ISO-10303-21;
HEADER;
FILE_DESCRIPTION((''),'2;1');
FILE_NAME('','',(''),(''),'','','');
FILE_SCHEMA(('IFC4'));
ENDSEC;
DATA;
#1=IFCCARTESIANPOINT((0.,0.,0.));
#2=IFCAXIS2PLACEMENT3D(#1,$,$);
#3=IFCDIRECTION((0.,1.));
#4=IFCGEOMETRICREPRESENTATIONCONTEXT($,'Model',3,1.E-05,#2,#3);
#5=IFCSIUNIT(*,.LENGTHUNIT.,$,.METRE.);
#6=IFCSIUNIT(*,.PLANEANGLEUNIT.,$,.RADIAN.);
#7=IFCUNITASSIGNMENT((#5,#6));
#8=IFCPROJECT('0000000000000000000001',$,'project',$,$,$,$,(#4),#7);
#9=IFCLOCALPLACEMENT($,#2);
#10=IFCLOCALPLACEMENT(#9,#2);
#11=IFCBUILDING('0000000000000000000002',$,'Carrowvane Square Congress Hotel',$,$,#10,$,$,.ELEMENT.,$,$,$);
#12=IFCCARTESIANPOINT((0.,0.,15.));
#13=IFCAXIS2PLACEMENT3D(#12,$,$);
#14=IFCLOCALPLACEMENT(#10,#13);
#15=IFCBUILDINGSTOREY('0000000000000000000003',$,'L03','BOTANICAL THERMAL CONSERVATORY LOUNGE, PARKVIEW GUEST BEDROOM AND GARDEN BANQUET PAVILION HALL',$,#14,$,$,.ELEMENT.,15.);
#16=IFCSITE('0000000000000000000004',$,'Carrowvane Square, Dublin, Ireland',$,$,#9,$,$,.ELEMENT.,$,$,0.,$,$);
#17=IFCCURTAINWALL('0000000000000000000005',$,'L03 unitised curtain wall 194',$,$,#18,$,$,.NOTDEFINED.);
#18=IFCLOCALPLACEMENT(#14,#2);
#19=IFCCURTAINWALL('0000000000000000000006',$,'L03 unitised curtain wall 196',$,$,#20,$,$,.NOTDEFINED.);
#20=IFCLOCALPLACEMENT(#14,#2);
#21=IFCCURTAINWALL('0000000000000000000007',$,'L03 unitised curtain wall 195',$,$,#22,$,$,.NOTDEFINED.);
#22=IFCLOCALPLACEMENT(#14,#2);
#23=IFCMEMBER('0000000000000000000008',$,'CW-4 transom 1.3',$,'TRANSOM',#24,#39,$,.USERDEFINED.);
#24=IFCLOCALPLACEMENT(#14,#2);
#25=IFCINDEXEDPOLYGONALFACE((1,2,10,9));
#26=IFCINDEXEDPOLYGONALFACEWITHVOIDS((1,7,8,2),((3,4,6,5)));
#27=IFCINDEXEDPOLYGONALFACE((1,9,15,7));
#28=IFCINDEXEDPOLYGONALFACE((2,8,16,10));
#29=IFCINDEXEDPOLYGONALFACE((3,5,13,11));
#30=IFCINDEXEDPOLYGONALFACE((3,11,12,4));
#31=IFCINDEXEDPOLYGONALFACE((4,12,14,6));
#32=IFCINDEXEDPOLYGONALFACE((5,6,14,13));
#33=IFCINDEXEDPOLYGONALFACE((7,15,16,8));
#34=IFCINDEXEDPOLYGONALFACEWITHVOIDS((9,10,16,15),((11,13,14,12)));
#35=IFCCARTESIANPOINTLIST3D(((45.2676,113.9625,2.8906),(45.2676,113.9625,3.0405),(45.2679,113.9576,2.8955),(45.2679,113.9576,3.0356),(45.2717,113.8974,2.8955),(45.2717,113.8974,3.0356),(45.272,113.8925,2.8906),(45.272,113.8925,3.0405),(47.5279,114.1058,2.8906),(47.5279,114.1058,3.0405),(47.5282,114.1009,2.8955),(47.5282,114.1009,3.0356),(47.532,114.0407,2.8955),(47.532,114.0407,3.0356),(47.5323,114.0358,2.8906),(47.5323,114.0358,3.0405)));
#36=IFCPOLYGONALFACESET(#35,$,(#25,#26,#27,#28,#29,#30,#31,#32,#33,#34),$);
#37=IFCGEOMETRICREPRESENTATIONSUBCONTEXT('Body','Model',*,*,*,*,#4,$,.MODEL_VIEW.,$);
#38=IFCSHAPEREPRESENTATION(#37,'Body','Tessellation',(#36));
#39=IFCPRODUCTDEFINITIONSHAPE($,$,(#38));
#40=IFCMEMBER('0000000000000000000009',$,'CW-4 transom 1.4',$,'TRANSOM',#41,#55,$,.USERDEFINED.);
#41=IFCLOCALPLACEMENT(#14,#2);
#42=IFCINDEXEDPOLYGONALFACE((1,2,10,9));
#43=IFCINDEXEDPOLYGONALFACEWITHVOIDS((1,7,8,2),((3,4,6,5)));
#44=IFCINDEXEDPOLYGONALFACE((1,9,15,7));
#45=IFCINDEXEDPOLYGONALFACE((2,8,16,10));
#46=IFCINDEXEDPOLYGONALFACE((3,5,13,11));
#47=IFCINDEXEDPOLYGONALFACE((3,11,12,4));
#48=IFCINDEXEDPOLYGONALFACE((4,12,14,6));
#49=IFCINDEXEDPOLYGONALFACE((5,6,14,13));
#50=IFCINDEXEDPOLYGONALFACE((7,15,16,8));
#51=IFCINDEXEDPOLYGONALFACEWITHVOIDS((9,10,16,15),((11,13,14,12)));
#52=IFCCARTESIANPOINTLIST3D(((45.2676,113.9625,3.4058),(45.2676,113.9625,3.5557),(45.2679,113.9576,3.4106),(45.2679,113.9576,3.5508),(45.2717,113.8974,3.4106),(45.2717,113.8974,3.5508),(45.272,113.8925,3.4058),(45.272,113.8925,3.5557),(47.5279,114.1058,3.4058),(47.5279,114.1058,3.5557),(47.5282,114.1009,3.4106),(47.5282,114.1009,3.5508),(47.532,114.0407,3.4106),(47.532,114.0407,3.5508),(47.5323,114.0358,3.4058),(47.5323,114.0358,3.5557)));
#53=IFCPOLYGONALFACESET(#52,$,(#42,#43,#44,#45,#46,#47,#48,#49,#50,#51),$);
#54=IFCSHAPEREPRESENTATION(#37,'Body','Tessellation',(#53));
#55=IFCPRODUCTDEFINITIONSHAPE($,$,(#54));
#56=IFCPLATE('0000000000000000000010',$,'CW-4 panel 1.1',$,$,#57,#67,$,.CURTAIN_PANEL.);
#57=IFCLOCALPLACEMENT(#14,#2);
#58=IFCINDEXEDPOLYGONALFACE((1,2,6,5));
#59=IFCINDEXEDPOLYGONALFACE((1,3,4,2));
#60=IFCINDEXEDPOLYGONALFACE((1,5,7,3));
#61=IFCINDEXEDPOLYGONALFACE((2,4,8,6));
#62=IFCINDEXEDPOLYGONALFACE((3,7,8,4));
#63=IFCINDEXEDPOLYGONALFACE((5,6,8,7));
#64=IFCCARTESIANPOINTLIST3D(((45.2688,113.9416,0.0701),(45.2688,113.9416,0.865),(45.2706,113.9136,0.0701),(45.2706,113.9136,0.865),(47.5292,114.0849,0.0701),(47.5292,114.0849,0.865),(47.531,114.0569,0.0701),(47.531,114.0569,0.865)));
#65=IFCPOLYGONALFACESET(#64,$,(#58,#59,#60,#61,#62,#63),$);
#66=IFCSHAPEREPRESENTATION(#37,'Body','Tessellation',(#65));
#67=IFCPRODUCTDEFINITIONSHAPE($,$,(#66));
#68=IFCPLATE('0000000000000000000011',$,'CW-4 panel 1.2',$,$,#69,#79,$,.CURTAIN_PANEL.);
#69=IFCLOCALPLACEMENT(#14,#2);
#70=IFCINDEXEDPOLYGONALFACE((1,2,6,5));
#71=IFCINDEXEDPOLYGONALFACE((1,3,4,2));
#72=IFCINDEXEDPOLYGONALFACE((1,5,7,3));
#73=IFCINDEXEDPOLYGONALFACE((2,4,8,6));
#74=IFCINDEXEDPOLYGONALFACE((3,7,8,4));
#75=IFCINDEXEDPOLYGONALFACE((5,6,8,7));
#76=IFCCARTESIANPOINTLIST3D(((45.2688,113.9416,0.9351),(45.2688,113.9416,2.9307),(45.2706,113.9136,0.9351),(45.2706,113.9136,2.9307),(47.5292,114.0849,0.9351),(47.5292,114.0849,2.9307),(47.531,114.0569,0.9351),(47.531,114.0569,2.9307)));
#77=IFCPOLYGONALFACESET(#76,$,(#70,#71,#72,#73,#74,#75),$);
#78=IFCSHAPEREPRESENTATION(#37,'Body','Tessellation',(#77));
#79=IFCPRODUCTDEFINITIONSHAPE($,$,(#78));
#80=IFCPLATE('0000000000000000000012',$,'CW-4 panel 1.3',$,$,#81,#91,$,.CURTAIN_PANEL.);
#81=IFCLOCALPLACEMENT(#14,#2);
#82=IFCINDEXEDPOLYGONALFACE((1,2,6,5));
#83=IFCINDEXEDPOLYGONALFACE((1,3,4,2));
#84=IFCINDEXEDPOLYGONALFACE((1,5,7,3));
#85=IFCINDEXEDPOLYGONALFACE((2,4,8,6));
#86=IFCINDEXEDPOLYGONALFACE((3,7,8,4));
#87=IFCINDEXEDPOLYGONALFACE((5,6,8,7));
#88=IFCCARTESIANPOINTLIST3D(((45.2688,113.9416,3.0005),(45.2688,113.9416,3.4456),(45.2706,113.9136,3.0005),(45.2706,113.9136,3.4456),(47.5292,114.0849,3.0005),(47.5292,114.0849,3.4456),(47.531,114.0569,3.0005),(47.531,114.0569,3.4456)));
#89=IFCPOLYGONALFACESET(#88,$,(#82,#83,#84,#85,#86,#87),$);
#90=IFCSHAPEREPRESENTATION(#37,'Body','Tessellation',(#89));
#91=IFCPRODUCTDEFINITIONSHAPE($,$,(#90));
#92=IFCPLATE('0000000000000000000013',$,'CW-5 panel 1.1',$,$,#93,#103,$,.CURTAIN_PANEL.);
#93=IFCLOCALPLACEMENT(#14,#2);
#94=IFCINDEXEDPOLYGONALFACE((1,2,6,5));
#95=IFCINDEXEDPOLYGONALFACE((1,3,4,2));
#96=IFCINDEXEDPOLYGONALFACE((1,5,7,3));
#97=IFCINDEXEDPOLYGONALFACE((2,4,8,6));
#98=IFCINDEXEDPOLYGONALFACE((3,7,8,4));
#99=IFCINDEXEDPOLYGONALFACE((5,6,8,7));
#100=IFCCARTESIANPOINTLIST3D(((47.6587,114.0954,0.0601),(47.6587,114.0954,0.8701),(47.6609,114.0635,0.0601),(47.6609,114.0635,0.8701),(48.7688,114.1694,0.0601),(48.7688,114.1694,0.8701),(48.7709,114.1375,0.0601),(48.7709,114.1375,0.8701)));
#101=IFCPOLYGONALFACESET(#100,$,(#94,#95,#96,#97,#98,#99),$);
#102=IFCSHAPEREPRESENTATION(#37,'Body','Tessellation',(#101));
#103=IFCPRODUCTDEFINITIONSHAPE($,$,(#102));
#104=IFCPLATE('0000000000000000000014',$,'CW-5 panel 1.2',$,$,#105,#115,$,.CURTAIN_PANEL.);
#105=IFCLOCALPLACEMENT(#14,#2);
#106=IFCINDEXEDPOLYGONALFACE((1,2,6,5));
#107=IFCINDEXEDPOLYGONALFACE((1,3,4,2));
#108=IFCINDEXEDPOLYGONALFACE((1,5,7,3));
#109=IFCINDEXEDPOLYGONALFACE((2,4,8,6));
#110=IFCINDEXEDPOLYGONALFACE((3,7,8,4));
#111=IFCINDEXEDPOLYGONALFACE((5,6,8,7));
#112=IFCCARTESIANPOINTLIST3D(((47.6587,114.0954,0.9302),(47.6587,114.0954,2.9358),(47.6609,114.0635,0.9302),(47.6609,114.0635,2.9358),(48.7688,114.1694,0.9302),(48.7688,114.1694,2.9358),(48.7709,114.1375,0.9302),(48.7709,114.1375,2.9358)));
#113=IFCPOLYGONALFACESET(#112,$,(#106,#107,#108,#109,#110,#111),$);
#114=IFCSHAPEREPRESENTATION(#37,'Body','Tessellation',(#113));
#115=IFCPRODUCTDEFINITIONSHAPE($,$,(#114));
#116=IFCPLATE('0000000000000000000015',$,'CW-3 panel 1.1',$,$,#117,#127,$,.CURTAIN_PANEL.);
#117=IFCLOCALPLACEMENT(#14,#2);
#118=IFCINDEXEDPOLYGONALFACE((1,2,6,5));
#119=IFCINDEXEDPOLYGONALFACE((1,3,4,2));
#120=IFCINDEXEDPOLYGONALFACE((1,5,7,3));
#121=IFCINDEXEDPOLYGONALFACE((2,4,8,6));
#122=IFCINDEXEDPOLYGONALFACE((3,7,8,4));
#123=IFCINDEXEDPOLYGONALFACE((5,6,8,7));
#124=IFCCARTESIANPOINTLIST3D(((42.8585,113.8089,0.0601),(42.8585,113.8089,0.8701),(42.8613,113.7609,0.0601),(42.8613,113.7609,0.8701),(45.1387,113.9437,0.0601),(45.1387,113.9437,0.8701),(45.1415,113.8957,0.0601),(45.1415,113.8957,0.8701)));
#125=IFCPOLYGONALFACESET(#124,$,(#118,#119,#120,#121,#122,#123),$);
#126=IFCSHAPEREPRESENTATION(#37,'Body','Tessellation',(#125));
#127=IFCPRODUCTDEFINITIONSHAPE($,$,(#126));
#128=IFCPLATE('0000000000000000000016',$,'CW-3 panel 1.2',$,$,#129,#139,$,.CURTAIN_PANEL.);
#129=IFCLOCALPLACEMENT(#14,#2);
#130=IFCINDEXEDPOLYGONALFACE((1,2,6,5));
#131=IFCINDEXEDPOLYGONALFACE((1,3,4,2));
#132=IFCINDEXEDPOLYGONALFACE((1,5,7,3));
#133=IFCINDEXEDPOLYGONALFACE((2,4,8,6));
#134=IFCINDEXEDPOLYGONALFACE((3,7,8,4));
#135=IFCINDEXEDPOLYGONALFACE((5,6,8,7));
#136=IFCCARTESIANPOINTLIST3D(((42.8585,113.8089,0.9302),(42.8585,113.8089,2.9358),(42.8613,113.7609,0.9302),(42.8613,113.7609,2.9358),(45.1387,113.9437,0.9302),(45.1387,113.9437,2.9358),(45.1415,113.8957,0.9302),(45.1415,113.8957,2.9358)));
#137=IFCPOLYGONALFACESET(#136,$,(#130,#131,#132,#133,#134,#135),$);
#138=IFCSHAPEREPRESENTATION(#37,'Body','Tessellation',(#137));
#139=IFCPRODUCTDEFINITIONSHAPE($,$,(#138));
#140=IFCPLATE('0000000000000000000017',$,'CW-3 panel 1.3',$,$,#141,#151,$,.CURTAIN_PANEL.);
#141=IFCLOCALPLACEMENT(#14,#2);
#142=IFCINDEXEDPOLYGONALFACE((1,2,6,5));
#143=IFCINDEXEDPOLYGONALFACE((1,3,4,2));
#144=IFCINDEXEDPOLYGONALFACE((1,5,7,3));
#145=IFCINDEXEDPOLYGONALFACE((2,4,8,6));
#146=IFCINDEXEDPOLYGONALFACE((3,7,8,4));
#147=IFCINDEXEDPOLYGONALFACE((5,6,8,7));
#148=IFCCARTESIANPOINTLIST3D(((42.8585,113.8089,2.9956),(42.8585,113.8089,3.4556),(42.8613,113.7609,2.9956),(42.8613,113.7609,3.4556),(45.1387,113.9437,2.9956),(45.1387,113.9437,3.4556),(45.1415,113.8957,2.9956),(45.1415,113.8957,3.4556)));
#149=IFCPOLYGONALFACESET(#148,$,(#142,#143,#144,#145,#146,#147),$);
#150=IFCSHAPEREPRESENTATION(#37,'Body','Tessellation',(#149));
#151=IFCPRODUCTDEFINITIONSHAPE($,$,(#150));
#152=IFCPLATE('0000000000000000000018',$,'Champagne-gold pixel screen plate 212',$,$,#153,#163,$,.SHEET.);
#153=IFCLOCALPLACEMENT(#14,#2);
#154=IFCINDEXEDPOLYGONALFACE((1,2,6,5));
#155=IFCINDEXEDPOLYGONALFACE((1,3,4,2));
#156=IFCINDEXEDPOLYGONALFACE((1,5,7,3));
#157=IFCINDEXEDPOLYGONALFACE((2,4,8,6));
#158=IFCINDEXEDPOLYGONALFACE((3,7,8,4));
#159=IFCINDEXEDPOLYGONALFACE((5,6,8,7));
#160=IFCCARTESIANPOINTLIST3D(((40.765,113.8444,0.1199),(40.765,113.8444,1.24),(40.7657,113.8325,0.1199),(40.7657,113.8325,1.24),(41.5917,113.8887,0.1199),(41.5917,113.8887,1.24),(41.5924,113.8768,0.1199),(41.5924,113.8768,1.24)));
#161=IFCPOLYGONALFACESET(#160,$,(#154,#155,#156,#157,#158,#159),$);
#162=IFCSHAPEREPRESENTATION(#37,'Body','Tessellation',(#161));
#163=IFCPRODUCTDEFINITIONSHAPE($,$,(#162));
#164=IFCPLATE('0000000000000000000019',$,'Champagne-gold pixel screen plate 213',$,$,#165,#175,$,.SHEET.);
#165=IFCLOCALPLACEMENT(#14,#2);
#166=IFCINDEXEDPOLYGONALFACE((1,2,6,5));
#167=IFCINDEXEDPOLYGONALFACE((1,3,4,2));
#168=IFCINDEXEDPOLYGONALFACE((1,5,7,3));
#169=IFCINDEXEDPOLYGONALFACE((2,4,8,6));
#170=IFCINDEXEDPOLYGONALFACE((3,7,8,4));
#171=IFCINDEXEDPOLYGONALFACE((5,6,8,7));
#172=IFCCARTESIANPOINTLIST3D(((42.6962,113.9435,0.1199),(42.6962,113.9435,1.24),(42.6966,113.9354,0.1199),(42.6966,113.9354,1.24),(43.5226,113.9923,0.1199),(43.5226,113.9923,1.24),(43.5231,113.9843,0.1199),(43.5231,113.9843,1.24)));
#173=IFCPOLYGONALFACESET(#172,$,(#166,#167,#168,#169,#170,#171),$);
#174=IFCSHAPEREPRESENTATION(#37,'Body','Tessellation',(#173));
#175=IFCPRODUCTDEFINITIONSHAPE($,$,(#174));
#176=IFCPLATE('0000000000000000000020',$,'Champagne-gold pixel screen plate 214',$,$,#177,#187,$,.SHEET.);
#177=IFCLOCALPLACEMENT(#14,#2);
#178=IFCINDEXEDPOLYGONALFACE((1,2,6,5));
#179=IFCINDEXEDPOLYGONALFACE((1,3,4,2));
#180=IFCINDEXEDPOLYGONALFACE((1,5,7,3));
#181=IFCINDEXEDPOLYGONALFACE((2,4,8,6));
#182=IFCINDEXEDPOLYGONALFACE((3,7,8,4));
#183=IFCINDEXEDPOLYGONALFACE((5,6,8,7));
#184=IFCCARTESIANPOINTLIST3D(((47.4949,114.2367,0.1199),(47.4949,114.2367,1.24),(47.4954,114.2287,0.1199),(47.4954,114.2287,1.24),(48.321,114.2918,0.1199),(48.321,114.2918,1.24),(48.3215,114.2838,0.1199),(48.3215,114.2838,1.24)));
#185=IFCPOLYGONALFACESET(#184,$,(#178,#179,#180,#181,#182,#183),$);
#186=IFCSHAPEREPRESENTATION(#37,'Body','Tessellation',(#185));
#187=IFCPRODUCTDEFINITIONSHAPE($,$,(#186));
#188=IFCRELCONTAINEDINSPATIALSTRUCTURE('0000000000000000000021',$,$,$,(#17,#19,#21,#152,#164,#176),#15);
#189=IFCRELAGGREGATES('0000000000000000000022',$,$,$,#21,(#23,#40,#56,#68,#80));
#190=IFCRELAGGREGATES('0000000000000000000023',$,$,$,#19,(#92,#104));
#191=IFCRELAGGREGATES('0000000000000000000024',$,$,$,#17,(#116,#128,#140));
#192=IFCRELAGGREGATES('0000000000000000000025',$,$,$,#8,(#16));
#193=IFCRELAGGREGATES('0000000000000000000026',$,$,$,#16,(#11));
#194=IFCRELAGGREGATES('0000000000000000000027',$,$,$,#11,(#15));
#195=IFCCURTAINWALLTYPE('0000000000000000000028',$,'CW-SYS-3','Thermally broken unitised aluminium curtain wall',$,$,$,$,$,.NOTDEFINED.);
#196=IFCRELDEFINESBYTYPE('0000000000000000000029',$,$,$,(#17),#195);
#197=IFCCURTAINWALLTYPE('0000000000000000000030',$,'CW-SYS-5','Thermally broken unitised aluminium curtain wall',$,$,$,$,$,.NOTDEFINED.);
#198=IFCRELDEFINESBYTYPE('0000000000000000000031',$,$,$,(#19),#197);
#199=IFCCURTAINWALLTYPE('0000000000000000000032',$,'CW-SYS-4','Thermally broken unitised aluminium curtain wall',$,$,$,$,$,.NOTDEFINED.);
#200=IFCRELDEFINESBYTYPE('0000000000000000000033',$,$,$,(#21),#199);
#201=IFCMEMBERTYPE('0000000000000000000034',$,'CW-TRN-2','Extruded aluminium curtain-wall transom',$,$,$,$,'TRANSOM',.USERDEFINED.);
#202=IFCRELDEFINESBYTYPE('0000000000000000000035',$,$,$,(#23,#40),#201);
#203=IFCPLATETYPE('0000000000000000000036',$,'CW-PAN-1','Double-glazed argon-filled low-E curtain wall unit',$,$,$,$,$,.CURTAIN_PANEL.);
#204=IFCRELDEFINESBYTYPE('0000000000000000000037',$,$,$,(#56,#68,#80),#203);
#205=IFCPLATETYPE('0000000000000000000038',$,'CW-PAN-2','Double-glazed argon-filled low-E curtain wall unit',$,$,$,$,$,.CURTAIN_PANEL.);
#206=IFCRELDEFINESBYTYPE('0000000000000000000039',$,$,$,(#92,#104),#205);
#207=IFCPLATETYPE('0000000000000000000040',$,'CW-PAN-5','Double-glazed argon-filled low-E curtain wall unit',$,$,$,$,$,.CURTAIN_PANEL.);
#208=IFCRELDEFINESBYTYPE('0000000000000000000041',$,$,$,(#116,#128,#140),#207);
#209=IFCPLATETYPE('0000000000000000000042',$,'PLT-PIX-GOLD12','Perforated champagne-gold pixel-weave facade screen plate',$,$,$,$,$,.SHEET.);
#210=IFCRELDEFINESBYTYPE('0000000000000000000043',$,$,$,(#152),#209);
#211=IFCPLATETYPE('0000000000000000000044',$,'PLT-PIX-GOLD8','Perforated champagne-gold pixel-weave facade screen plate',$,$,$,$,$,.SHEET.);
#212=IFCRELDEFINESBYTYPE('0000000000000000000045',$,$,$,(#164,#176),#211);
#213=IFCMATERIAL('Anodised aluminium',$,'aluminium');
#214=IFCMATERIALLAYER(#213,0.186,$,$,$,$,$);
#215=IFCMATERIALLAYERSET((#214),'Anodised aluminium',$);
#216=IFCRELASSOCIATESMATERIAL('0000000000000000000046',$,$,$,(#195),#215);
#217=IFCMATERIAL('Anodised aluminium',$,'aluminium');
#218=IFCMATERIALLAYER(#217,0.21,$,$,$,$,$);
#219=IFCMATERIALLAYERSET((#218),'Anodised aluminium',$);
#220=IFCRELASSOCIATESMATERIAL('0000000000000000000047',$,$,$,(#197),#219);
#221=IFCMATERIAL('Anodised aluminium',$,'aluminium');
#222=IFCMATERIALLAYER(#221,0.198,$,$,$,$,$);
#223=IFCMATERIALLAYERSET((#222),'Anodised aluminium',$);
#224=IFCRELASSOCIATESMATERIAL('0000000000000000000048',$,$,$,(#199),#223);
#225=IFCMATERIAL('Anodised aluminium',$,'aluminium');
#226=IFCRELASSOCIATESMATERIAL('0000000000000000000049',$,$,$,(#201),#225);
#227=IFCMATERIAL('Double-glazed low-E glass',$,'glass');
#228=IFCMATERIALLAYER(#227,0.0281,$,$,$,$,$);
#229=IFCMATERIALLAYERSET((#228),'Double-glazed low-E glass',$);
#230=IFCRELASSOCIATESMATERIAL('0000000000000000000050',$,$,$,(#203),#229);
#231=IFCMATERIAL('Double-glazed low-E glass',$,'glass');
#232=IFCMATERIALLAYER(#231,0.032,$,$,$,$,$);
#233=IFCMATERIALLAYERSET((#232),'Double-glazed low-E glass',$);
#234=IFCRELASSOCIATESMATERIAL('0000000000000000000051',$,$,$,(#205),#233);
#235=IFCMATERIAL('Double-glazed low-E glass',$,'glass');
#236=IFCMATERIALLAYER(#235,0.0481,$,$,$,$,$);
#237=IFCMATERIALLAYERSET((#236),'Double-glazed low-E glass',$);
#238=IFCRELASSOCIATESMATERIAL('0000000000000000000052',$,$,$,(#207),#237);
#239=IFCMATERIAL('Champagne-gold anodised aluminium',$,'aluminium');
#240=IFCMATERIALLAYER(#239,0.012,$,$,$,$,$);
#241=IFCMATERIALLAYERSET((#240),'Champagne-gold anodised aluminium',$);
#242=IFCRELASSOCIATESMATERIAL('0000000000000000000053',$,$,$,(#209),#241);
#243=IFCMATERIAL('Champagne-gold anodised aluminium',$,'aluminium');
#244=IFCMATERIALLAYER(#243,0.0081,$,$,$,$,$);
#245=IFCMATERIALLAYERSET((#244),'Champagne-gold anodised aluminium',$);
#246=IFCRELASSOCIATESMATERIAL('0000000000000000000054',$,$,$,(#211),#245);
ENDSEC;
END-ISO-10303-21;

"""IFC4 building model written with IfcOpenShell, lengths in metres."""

from ifc_helpers import new_model, si_unit, direction, frame, origin, origin_2d, place, context, subcontext, project, spatial, rectangle, hollow_rectangle, extrude, material, layer, layer_set, material_profile, profile_set, type_object, element, aggregate, save


model = new_model("IFC4")

# Units and contexts
model_context = context("Model", 3, precision=1e-05, world=origin(), true_north=direction((0.0, 1.0)))
body_context = subcontext(model_context, "Body", "Model", "MODEL_VIEW")
ifc_project = project(units=[si_unit("LENGTHUNIT", "METRE"), si_unit("PLANEANGLEUNIT", "RADIAN")], contexts=[model_context])

# Site, building, storey
site_placement = place(None, origin())
site = spatial("IfcSite", under=ifc_project, at=site_placement, Name="Carrowvane Square, Dublin, Ireland", CompositionType="ELEMENT", RefElevation=0.0)
building_placement = place(site_placement, origin())
building = spatial("IfcBuilding", under=site, at=building_placement, Name="Carrowvane Square Congress Hotel", CompositionType="ELEMENT")
storey_placement = place(building_placement, frame((0.0, 0.0, 15.0)))
storey = spatial("IfcBuildingStorey", under=building, at=storey_placement, Name="L03", Description="BOTANICAL THERMAL CONSERVATORY LOUNGE, PARKVIEW GUEST BEDROOM AND GARDEN BANQUET PAVILION HALL", CompositionType="ELEMENT", Elevation=15.0)

# Curtain walls
ifc_material_1 = material(Name="Anodised aluminium", Category="aluminium")
ifc_layer_1 = layer(ifc_material_1, 0.186)
ifc_layer_set_1 = layer_set([ifc_layer_1], Name="Anodised aluminium")
curtain_wall_type_1 = type_object("IfcCurtainWallType", Name="CW-SYS-3", Description="Thermally broken unitised aluminium curtain wall", PredefinedType="NOTDEFINED", material=ifc_layer_set_1)
curtain_wall_1_placement = place(storey_placement, origin())
curtain_wall_1 = element("IfcCurtainWall", 1, at=curtain_wall_1_placement, inside=storey, type_object=curtain_wall_type_1, Name="L03 unitised curtain wall 194", PredefinedType="NOTDEFINED")
ifc_material_2 = material(Name="Anodised aluminium", Category="aluminium")
ifc_layer_2 = layer(ifc_material_2, 0.21)
ifc_layer_set_2 = layer_set([ifc_layer_2], Name="Anodised aluminium")
curtain_wall_type_2 = type_object("IfcCurtainWallType", Name="CW-SYS-5", Description="Thermally broken unitised aluminium curtain wall", PredefinedType="NOTDEFINED", material=ifc_layer_set_2)
curtain_wall_2_placement = place(storey_placement, origin())
curtain_wall_2 = element("IfcCurtainWall", 2, at=curtain_wall_2_placement, inside=storey, type_object=curtain_wall_type_2, Name="L03 unitised curtain wall 196", PredefinedType="NOTDEFINED")

# Curtain wall
ifc_material_3 = material(Name="Anodised aluminium", Category="aluminium")
ifc_layer_3 = layer(ifc_material_3, 0.198)
ifc_layer_set_3 = layer_set([ifc_layer_3], Name="Anodised aluminium")
curtain_wall_type_3 = type_object("IfcCurtainWallType", Name="CW-SYS-4", Description="Thermally broken unitised aluminium curtain wall", PredefinedType="NOTDEFINED", material=ifc_layer_set_3)
curtain_wall_3_placement = place(storey_placement, origin())
curtain_wall_3 = element("IfcCurtainWall", 3, at=curtain_wall_3_placement, inside=storey, type_object=curtain_wall_type_3, Name="L03 unitised curtain wall 195", PredefinedType="NOTDEFINED")

# Members
ifc_material_4 = material(Name="Anodised aluminium", Category="aluminium")
ifc_material_profile_1 = material_profile(ifc_material_4, hollow_rectangle(XDim=0.0701, YDim=0.1499, WallThickness=0.0049, at=origin_2d()), Name="CW-TR 70x150x5")
ifc_profile_set_1 = profile_set([ifc_material_profile_1], Name="Anodised aluminium")
member_type_1 = type_object("IfcMemberType", Name="CW-TRN-2", Description="Extruded aluminium curtain-wall transom", ElementType="TRANSOM", PredefinedType="USERDEFINED", material=ifc_profile_set_1)
member_1_placement = place(storey_placement, frame((45.2698, 113.9275, 2.9656), z_axis=(0.997996, 0.063278, 0.0), x_axis=(-0.063278, 0.997996, 0.0)))
member_1 = element("IfcMember", 4, at=member_1_placement, type_object=member_type_1, Name="CW-4 transom 1.3", ObjectType="TRANSOM", PredefinedType="USERDEFINED", context=body_context, shape_type="SweptSolid", body=[
    extrude(hollow_rectangle(XDim=0.0701, YDim=0.1499, WallThickness=0.0049, at=origin_2d()), origin(), (0.0, 0.0, 1.0), 2.2649),
])
member_2_placement = place(storey_placement, frame((45.2698, 113.9275, 3.4807), z_axis=(0.997996, 0.063278, 0.0), x_axis=(-0.063278, 0.997996, 0.0)))
member_2 = element("IfcMember", 5, at=member_2_placement, type_object=member_type_1, Name="CW-4 transom 1.4", ObjectType="TRANSOM", PredefinedType="USERDEFINED", context=body_context, shape_type="SweptSolid", body=[
    extrude(hollow_rectangle(XDim=0.0701, YDim=0.1499, WallThickness=0.0049, at=origin_2d()), origin(), (0.0, 0.0, 1.0), 2.2649),
])

# Plates
ifc_material_5 = material(Name="Double-glazed low-E glass", Category="glass")
ifc_layer_4 = layer(ifc_material_5, 0.0281)
ifc_layer_set_4 = layer_set([ifc_layer_4], Name="Double-glazed low-E glass")
plate_type_1 = type_object("IfcPlateType", Name="CW-PAN-1", Description="Double-glazed argon-filled low-E curtain wall unit", PredefinedType="CURTAIN_PANEL", material=ifc_layer_set_4)
plate_1_placement = place(storey_placement, frame((46.3999, 113.9993, 0.0701), z_axis=(0.0, 0.0, 1.0), x_axis=(0.997996, 0.063273, 0.0)))
plate_1 = element("IfcPlate", 6, at=plate_1_placement, type_object=plate_type_1, Name="CW-4 panel 1.1", PredefinedType="CURTAIN_PANEL", context=body_context, shape_type="SweptSolid", body=[
    extrude(rectangle(XDim=2.2649, YDim=0.0281, at=origin_2d()), origin(), (0.0, 0.0, 1.0), 0.7949),
])
plate_2_placement = place(storey_placement, frame((46.3999, 113.9993, 0.9351), z_axis=(0.0, 0.0, 1.0), x_axis=(0.997996, 0.063273, 0.0)))
plate_2 = element("IfcPlate", 7, at=plate_2_placement, type_object=plate_type_1, Name="CW-4 panel 1.2", PredefinedType="CURTAIN_PANEL", context=body_context, shape_type="SweptSolid", body=[
    extrude(rectangle(XDim=2.2649, YDim=0.0281, at=origin_2d()), origin(), (0.0, 0.0, 1.0), 1.9956),
])
plate_3_placement = place(storey_placement, frame((46.3999, 113.9993, 3.0005), z_axis=(0.0, 0.0, 1.0), x_axis=(0.997996, 0.063273, 0.0)))
plate_3 = element("IfcPlate", 8, at=plate_3_placement, type_object=plate_type_1, Name="CW-4 panel 1.3", PredefinedType="CURTAIN_PANEL", context=body_context, shape_type="SweptSolid", body=[
    extrude(rectangle(XDim=2.2649, YDim=0.0281, at=origin_2d()), origin(), (0.0, 0.0, 1.0), 0.4451),
])
aggregate(curtain_wall_3, [member_1, member_2, plate_1, plate_2, plate_3])
ifc_material_6 = material(Name="Double-glazed low-E glass", Category="glass")
ifc_layer_5 = layer(ifc_material_6, 0.032)
ifc_layer_set_5 = layer_set([ifc_layer_5], Name="Double-glazed low-E glass")
plate_type_2 = type_object("IfcPlateType", Name="CW-PAN-2", Description="Double-glazed argon-filled low-E curtain wall unit", PredefinedType="CURTAIN_PANEL", material=ifc_layer_set_5)
plate_4_placement = place(storey_placement, frame((48.2148, 114.1165, 0.0601), z_axis=(0.0, 0.0, 1.0), x_axis=(0.997781, 0.066578, 0.0)))
plate_4 = element("IfcPlate", 9, at=plate_4_placement, type_object=plate_type_2, Name="CW-5 panel 1.1", PredefinedType="CURTAIN_PANEL", context=body_context, shape_type="SweptSolid", body=[
    extrude(rectangle(XDim=1.1125, YDim=0.032, at=origin_2d()), origin(), (0.0, 0.0, 1.0), 0.8101),
])
plate_5_placement = place(storey_placement, frame((48.2148, 114.1165, 0.9302), z_axis=(0.0, 0.0, 1.0), x_axis=(0.997781, 0.066578, 0.0)))
plate_5 = element("IfcPlate", 10, at=plate_5_placement, type_object=plate_type_2, Name="CW-5 panel 1.2", PredefinedType="CURTAIN_PANEL", context=body_context, shape_type="SweptSolid", body=[
    extrude(rectangle(XDim=1.1125, YDim=0.032, at=origin_2d()), origin(), (0.0, 0.0, 1.0), 2.0056),
])
aggregate(curtain_wall_2, [plate_4, plate_5])
ifc_material_7 = material(Name="Double-glazed low-E glass", Category="glass")
ifc_layer_6 = layer(ifc_material_7, 0.0481)
ifc_layer_set_6 = layer_set([ifc_layer_6], Name="Double-glazed low-E glass")
plate_type_3 = type_object("IfcPlateType", Name="CW-PAN-5", Description="Double-glazed argon-filled low-E curtain wall unit", PredefinedType="CURTAIN_PANEL", material=ifc_layer_set_6)
plate_6_placement = place(storey_placement, frame((44.0, 113.8523, 0.0601), z_axis=(0.0, 0.0, 1.0), x_axis=(0.998259, 0.058989, 0.0)))
plate_6 = element("IfcPlate", 11, at=plate_6_placement, type_object=plate_type_3, Name="CW-3 panel 1.1", PredefinedType="CURTAIN_PANEL", context=body_context, shape_type="SweptSolid", body=[
    extrude(rectangle(XDim=2.2842, YDim=0.0481, at=origin_2d()), origin(), (0.0, 0.0, 1.0), 0.8101),
])
plate_7_placement = place(storey_placement, frame((44.0, 113.8523, 0.9302), z_axis=(0.0, 0.0, 1.0), x_axis=(0.998259, 0.058989, 0.0)))
plate_7 = element("IfcPlate", 12, at=plate_7_placement, type_object=plate_type_3, Name="CW-3 panel 1.2", PredefinedType="CURTAIN_PANEL", context=body_context, shape_type="SweptSolid", body=[
    extrude(rectangle(XDim=2.2842, YDim=0.0481, at=origin_2d()), origin(), (0.0, 0.0, 1.0), 2.0056),
])
plate_8_placement = place(storey_placement, frame((44.0, 113.8523, 2.9956), z_axis=(0.0, 0.0, 1.0), x_axis=(0.998259, 0.058989, 0.0)))
plate_8 = element("IfcPlate", 13, at=plate_8_placement, type_object=plate_type_3, Name="CW-3 panel 1.3", PredefinedType="CURTAIN_PANEL", context=body_context, shape_type="SweptSolid", body=[
    extrude(rectangle(XDim=2.2842, YDim=0.0481, at=origin_2d()), origin(), (0.0, 0.0, 1.0), 0.46),
])
aggregate(curtain_wall_1, [plate_6, plate_7, plate_8])

# Plates
ifc_material_8 = material(Name="Champagne-gold anodised aluminium", Category="aluminium")
ifc_layer_7 = layer(ifc_material_8, 0.012)
ifc_layer_set_7 = layer_set([ifc_layer_7], Name="Champagne-gold anodised aluminium")
plate_type_4 = type_object("IfcPlateType", Name="PLT-PIX-GOLD12", Description="Perforated champagne-gold pixel-weave facade screen plate", PredefinedType="SHEET", material=ifc_layer_set_7)
plate_9_placement = place(storey_placement, frame((41.1787, 113.8606, 0.1199), z_axis=(0.0, 0.0, 1.0), x_axis=(0.998567, 0.053517, 0.0)))
element("IfcPlate", 14, at=plate_9_placement, inside=storey, type_object=plate_type_4, Name="Champagne-gold pixel screen plate 212", PredefinedType="SHEET", context=body_context, shape_type="SweptSolid", body=[
    extrude(rectangle(XDim=0.8279, YDim=0.012, at=origin_2d()), origin(), (0.0, 0.0, 1.0), 1.1201),
])
ifc_material_9 = material(Name="Champagne-gold anodised aluminium", Category="aluminium")
ifc_layer_8 = layer(ifc_material_9, 0.0081)
ifc_layer_set_8 = layer_set([ifc_layer_8], Name="Champagne-gold anodised aluminium")
plate_type_5 = type_object("IfcPlateType", Name="PLT-PIX-GOLD8", Description="Perforated champagne-gold pixel-weave facade screen plate", PredefinedType="SHEET", material=ifc_layer_set_8)
for number, where, z_axis, x_axis, name in (
    (15, (43.1096, 113.9639, 0.1199), (0.0, 0.0, 1.0), (0.998259, 0.058985, 0.0), "Champagne-gold pixel screen plate 213"),
    (16, (47.9082, 114.2603, 0.1199), (0.0, 0.0, 1.0), (0.997781, 0.066574, 0.0), "Champagne-gold pixel screen plate 214"),
):
    element("IfcPlate", number, at=place(storey_placement, frame(where, z_axis=z_axis, x_axis=x_axis)), inside=storey, type_object=plate_type_5, Name=name, PredefinedType="SHEET", context=body_context, shape_type="SweptSolid", body=[
        extrude(rectangle(XDim=0.8279, YDim=0.0081, at=origin_2d()), origin(), (0.0, 0.0, 1.0), 1.1201),
    ])

save(model, "model.ifc")
